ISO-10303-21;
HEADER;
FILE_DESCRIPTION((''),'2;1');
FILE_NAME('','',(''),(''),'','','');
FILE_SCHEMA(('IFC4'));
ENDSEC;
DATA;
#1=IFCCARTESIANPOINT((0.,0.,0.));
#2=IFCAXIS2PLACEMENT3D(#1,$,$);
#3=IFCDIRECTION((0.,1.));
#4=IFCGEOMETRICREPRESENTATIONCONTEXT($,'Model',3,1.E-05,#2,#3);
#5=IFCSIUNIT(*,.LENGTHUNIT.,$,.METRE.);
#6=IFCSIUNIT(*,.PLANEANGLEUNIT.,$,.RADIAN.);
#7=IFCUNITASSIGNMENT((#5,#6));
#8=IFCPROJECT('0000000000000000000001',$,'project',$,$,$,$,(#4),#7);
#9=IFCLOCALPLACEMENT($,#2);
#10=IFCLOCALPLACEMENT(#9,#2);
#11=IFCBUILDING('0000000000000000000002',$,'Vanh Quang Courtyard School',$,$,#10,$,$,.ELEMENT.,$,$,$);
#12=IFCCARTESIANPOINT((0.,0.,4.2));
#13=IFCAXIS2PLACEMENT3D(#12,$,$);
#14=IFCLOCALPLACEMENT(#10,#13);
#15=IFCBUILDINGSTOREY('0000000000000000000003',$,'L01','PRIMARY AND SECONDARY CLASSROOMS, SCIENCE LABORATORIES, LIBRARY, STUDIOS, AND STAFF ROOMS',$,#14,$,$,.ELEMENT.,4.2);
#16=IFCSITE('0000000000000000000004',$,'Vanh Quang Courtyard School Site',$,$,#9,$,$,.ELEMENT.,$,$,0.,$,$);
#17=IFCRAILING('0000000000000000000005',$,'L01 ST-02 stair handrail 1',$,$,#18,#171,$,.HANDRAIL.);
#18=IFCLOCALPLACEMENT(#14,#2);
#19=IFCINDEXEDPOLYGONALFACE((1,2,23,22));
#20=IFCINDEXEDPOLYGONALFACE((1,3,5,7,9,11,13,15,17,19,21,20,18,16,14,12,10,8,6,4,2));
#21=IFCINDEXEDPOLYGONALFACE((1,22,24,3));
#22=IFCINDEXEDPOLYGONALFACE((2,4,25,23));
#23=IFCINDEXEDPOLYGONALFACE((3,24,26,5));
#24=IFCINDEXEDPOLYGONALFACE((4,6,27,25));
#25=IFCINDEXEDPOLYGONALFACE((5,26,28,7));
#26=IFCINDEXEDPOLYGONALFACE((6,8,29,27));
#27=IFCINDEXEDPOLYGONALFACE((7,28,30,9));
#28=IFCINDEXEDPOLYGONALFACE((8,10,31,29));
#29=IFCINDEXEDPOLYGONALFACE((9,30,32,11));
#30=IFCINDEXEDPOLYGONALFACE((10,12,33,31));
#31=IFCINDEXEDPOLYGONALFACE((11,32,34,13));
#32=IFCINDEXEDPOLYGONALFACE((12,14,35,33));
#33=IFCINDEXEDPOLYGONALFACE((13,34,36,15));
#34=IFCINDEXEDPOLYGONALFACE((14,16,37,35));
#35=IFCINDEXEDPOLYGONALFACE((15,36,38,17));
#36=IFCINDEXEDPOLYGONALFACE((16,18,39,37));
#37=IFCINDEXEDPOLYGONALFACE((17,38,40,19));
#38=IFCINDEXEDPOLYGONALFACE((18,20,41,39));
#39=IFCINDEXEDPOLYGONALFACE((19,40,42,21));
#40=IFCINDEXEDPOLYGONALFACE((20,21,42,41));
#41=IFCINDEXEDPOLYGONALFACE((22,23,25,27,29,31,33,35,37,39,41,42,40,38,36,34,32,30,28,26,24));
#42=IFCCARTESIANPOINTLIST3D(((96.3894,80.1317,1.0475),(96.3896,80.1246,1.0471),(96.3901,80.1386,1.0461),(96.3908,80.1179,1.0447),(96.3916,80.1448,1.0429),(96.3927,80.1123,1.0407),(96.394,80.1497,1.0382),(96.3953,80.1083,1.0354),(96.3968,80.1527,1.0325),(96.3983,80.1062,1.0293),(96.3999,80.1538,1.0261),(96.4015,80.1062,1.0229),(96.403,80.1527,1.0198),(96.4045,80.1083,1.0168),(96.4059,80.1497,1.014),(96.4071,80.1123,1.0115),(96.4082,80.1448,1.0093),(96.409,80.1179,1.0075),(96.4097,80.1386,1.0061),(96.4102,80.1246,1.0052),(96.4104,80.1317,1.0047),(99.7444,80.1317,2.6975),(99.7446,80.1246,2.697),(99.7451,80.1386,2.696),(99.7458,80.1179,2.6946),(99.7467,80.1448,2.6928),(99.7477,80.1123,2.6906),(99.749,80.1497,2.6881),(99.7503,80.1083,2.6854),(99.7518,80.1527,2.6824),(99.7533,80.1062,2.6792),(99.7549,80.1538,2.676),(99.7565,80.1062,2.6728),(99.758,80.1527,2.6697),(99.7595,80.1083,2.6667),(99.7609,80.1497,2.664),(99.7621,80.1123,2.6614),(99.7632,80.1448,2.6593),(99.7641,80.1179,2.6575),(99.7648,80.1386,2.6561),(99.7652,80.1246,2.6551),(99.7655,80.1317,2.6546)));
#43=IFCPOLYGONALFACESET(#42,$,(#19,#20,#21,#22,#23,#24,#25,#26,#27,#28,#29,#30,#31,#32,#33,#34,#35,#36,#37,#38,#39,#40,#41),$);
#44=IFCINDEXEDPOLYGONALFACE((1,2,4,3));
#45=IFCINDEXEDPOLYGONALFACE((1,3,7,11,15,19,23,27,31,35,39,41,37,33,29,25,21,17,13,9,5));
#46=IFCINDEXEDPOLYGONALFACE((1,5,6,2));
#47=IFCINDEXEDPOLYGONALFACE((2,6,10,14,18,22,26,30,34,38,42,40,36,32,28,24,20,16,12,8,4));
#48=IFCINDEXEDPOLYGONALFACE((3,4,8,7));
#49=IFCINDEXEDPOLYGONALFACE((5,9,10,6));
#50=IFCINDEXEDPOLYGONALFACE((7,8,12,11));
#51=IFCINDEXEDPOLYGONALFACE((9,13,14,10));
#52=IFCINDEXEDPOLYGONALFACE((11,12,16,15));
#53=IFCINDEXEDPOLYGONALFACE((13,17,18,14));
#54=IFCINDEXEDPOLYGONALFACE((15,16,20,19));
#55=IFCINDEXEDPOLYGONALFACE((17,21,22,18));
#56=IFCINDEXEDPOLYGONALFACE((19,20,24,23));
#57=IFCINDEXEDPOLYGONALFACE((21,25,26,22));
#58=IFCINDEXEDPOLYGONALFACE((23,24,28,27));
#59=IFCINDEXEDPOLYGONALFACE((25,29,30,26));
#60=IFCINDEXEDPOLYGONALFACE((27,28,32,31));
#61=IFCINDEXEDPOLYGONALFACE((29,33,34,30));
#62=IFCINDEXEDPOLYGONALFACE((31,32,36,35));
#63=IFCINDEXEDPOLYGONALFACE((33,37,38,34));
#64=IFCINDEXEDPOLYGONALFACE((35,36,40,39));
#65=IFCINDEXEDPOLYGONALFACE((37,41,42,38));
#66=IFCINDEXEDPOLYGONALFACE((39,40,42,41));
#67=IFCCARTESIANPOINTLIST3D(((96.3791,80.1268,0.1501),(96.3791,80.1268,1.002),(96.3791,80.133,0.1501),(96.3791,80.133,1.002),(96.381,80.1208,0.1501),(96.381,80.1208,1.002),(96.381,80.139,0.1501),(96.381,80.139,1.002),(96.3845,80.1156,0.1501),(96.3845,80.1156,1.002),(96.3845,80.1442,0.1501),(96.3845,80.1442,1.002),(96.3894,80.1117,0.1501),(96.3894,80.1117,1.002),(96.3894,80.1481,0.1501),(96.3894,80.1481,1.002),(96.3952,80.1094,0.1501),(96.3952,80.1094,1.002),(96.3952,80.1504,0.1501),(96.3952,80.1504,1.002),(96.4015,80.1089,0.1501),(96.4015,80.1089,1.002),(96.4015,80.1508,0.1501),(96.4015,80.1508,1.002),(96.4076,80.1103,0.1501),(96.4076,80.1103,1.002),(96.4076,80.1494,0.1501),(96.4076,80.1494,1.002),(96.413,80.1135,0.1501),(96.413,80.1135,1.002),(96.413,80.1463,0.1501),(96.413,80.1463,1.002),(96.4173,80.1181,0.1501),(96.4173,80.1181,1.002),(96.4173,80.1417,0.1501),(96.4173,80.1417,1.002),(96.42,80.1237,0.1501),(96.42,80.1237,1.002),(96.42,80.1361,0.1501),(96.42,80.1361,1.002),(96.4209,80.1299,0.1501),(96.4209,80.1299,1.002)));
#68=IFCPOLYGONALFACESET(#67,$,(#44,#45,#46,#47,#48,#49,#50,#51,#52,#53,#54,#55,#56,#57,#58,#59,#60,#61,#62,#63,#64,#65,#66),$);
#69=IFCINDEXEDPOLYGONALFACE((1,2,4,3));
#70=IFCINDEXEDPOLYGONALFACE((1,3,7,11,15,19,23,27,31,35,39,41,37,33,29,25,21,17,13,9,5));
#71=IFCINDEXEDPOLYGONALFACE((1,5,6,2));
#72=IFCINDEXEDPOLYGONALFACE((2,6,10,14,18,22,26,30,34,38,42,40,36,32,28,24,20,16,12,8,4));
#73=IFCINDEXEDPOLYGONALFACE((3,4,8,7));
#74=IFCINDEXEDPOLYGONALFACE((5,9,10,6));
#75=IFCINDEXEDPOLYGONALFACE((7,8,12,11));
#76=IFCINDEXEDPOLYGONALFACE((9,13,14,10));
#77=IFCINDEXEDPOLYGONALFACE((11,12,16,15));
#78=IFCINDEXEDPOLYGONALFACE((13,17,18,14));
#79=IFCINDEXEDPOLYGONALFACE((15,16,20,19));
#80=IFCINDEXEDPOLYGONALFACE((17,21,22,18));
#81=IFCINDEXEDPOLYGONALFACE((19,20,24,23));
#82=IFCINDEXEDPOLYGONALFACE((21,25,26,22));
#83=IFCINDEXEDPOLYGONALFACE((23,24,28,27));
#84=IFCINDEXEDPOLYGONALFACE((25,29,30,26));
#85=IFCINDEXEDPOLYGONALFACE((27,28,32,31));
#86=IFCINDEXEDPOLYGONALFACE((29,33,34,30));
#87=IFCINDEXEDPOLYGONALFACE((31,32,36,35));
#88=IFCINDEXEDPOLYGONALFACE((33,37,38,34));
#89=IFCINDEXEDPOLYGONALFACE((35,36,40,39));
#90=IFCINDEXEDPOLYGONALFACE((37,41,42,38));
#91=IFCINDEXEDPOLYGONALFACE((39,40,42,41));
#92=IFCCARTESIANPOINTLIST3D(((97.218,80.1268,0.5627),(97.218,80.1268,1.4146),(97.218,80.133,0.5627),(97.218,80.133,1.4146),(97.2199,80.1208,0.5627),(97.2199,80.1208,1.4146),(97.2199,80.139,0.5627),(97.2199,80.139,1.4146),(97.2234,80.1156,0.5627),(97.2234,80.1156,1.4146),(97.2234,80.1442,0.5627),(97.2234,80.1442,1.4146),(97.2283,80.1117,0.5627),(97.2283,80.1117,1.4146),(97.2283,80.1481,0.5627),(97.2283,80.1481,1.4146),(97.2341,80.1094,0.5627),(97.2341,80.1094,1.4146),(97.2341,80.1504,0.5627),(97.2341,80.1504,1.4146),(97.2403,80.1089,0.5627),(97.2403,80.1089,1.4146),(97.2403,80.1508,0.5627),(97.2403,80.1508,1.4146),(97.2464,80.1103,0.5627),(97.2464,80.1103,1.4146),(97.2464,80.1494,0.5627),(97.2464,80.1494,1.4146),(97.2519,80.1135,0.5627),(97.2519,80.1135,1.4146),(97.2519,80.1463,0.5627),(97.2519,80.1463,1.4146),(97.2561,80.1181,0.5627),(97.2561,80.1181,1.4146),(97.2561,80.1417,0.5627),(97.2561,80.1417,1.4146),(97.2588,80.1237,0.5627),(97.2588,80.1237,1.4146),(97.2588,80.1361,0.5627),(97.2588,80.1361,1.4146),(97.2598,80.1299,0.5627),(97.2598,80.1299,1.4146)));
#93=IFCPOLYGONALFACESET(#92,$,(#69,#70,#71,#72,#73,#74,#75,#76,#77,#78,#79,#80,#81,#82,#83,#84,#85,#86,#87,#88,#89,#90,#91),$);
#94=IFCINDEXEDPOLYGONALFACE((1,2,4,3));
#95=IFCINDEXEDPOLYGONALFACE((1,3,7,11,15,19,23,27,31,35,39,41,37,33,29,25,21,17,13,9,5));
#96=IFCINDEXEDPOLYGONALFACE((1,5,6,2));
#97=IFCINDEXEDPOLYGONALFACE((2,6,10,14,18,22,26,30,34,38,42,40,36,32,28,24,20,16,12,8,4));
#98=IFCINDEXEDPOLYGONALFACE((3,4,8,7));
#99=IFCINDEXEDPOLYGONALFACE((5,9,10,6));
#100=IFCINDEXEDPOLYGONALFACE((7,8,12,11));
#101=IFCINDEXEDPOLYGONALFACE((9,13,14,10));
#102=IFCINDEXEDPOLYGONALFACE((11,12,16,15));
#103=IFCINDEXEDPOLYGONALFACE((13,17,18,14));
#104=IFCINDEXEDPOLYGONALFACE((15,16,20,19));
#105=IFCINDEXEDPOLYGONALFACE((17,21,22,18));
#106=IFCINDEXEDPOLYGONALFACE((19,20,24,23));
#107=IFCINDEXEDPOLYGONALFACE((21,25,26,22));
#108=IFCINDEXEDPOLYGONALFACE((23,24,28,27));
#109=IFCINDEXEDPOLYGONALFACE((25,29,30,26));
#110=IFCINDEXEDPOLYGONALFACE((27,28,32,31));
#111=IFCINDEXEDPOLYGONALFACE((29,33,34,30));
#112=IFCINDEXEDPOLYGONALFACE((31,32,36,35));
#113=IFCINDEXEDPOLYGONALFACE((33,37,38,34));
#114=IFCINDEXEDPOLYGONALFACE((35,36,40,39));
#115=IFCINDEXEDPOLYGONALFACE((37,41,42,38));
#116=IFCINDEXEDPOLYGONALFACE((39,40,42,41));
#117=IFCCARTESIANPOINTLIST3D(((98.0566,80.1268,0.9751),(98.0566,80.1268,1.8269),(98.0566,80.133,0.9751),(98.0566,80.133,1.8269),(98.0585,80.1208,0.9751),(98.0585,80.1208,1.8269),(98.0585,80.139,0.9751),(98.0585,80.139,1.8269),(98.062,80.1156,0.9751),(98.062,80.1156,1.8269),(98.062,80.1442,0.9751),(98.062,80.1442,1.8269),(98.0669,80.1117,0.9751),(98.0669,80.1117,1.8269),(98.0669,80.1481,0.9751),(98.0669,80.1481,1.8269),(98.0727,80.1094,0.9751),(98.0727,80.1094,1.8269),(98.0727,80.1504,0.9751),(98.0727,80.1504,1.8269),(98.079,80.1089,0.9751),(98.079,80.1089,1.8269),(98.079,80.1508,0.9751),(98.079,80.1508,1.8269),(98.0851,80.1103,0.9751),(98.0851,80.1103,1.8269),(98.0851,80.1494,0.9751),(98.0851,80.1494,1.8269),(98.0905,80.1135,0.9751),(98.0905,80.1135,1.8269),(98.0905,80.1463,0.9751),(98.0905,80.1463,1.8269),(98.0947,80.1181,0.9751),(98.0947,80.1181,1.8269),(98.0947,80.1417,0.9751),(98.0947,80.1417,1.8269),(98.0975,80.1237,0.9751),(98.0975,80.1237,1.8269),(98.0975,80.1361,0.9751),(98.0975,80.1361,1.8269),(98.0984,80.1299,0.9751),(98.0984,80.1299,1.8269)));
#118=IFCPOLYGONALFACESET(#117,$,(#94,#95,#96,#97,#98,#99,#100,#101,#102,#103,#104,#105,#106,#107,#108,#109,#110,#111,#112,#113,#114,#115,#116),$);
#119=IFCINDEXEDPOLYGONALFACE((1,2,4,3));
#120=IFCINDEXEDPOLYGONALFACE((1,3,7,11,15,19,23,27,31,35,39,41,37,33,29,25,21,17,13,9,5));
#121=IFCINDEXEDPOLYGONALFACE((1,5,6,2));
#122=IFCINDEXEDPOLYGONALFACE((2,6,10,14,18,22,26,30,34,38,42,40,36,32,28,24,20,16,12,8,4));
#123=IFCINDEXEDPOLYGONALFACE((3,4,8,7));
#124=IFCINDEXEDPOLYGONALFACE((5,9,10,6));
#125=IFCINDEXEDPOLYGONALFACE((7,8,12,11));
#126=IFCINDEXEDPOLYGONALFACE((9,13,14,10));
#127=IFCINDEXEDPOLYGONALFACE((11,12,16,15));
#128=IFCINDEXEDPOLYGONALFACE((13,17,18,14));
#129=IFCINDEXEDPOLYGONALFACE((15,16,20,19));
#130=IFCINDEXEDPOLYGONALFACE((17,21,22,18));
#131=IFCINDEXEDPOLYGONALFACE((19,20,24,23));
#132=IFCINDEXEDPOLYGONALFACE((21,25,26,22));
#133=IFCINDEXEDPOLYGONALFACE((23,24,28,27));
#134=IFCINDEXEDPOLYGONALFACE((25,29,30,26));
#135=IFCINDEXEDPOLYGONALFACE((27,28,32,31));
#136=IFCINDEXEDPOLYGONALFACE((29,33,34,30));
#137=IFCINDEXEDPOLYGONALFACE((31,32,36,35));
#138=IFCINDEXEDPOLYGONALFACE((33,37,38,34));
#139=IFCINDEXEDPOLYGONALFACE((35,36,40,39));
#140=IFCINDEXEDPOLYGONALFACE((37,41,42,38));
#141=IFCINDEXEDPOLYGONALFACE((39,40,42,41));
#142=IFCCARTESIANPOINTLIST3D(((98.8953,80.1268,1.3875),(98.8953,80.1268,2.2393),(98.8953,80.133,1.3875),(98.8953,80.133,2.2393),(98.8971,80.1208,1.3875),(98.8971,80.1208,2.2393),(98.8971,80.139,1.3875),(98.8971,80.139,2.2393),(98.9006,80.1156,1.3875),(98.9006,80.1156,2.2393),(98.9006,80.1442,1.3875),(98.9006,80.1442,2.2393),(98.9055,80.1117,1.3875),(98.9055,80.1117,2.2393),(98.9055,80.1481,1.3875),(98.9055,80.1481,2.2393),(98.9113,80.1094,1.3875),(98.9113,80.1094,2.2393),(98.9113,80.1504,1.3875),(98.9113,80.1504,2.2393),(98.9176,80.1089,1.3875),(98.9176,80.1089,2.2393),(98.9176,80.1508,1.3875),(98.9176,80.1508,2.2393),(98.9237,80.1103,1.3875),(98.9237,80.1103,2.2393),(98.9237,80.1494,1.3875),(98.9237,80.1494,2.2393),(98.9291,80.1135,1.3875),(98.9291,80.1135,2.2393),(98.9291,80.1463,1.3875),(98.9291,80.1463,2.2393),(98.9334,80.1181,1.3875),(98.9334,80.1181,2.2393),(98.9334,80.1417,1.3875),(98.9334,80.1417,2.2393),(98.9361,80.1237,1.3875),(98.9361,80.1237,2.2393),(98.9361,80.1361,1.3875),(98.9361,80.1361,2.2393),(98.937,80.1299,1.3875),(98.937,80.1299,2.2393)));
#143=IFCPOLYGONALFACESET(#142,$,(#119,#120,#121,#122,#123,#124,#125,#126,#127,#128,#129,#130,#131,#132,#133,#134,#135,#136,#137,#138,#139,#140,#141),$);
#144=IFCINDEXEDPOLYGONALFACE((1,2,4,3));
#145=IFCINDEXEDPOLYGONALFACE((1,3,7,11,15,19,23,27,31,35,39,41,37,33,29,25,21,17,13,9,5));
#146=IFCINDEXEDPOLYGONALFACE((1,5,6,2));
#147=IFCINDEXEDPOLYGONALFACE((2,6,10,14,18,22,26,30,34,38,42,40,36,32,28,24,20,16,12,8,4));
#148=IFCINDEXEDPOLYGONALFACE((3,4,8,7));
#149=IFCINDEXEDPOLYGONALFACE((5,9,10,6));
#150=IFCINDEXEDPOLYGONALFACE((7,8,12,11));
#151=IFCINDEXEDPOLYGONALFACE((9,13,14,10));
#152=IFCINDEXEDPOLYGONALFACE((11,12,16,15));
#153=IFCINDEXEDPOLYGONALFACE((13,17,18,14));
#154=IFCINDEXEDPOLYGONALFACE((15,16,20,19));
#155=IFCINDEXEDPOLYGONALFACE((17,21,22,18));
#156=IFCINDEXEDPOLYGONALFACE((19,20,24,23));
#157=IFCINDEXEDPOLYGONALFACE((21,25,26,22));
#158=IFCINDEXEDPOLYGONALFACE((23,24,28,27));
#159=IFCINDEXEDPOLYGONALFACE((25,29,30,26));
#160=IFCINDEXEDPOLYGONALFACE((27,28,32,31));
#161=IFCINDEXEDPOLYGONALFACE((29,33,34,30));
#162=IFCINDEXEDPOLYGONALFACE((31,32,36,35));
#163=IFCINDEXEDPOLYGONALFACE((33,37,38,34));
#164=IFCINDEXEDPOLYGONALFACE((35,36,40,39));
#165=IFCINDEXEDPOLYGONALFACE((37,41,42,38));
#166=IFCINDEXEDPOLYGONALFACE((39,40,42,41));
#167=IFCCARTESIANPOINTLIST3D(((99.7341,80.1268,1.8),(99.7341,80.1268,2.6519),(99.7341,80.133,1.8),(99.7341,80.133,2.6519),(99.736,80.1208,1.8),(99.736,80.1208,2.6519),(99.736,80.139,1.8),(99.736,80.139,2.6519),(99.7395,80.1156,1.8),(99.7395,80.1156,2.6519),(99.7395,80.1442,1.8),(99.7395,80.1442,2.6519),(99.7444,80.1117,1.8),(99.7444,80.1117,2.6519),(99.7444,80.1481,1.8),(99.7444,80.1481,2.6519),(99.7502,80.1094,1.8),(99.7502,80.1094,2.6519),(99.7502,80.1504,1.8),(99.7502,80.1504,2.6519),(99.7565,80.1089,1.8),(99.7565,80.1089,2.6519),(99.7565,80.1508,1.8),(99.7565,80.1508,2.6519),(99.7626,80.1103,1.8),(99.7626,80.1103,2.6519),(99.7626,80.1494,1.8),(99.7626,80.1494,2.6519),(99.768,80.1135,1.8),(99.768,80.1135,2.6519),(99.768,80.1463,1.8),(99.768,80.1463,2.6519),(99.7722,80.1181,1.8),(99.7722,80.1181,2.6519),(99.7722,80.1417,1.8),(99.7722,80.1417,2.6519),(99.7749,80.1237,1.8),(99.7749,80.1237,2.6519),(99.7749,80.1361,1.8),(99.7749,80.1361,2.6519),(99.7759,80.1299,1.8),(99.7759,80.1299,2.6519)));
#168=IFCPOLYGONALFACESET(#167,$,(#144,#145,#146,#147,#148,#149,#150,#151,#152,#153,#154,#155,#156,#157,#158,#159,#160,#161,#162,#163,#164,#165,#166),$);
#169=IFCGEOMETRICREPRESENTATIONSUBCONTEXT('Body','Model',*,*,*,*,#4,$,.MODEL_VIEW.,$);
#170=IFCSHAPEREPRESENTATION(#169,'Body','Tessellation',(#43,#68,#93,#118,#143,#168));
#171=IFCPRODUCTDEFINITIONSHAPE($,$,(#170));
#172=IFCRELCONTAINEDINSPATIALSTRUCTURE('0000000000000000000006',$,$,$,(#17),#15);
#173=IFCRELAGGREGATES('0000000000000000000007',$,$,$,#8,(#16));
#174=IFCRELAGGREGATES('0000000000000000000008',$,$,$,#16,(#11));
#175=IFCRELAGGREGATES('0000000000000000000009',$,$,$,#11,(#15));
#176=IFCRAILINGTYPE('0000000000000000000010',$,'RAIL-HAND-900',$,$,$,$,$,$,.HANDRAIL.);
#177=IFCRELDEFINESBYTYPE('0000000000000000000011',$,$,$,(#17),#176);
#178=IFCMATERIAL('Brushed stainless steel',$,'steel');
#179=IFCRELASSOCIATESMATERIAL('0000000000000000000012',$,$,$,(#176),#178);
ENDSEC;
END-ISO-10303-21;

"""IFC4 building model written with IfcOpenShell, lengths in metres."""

from ifc_helpers import new_model, si_unit, direction, frame, origin, origin_2d, place, context, subcontext, project, spatial, circle, extrude, material, type_object, element, save


model = new_model("IFC4")

# Units and contexts
model_context = context("Model", 3, precision=1e-05, world=origin(), true_north=direction((0.0, 1.0)))
body_context = subcontext(model_context, "Body", "Model", "MODEL_VIEW")
ifc_project = project(units=[si_unit("LENGTHUNIT", "METRE"), si_unit("PLANEANGLEUNIT", "RADIAN")], contexts=[model_context])

# Site, building, storey
site_placement = place(None, origin())
site = spatial("IfcSite", under=ifc_project, at=site_placement, Name="Vanh Quang Courtyard School Site", CompositionType="ELEMENT", RefElevation=0.0)
building_placement = place(site_placement, origin())
building = spatial("IfcBuilding", under=site, at=building_placement, Name="Vanh Quang Courtyard School", CompositionType="ELEMENT")
storey_placement = place(building_placement, frame((0.0, 0.0, 4.2)))
storey = spatial("IfcBuildingStorey", under=building, at=storey_placement, Name="L01", Description="PRIMARY AND SECONDARY CLASSROOMS, SCIENCE LABORATORIES, LIBRARY, STUDIOS, AND STAFF ROOMS", CompositionType="ELEMENT", Elevation=4.2)

# Railing
ifc_material_1 = material(Name="Brushed stainless steel", Category="steel")
railing_type_1 = type_object("IfcRailingType", Name="RAIL-HAND-900", PredefinedType="HANDRAIL", material=ifc_material_1)
railing_1_placement = place(storey_placement, frame((96.3999, 80.1299, 0.1501)))
element("IfcRailing", 1, at=railing_1_placement, inside=storey, type_object=railing_type_1, Name="L01 ST-02 stair handrail 1", PredefinedType="HANDRAIL", context=body_context, shape_type="SweptSolid", body=[
    extrude(circle(Radius=0.0239, at=origin_2d()), frame((0.0, 0.0, 0.876), z_axis=(0.897359, 0.0, 0.441301), x_axis=(0.0, 1.0, 0.0)), (0.0, 0.0, 1.0), 3.7388),
    extrude(circle(Radius=0.021, at=origin_2d()), origin(), (0.0, 0.0, 1.0), 0.8518),
    extrude(circle(Radius=0.021, at=origin_2d()), frame((0.8389, 0.0, 0.4126)), (0.0, 0.0, 1.0), 0.8518),
    extrude(circle(Radius=0.021, at=origin_2d()), frame((1.6775, 0.0, 0.825)), (0.0, 0.0, 1.0), 0.8518),
    extrude(circle(Radius=0.021, at=origin_2d()), frame((2.5161, 0.0, 1.2373)), (0.0, 0.0, 1.0), 0.8518),
    extrude(circle(Radius=0.021, at=origin_2d()), frame((3.355, 0.0, 1.6499)), (0.0, 0.0, 1.0), 0.8518),
])

save(model, "model.ifc")
